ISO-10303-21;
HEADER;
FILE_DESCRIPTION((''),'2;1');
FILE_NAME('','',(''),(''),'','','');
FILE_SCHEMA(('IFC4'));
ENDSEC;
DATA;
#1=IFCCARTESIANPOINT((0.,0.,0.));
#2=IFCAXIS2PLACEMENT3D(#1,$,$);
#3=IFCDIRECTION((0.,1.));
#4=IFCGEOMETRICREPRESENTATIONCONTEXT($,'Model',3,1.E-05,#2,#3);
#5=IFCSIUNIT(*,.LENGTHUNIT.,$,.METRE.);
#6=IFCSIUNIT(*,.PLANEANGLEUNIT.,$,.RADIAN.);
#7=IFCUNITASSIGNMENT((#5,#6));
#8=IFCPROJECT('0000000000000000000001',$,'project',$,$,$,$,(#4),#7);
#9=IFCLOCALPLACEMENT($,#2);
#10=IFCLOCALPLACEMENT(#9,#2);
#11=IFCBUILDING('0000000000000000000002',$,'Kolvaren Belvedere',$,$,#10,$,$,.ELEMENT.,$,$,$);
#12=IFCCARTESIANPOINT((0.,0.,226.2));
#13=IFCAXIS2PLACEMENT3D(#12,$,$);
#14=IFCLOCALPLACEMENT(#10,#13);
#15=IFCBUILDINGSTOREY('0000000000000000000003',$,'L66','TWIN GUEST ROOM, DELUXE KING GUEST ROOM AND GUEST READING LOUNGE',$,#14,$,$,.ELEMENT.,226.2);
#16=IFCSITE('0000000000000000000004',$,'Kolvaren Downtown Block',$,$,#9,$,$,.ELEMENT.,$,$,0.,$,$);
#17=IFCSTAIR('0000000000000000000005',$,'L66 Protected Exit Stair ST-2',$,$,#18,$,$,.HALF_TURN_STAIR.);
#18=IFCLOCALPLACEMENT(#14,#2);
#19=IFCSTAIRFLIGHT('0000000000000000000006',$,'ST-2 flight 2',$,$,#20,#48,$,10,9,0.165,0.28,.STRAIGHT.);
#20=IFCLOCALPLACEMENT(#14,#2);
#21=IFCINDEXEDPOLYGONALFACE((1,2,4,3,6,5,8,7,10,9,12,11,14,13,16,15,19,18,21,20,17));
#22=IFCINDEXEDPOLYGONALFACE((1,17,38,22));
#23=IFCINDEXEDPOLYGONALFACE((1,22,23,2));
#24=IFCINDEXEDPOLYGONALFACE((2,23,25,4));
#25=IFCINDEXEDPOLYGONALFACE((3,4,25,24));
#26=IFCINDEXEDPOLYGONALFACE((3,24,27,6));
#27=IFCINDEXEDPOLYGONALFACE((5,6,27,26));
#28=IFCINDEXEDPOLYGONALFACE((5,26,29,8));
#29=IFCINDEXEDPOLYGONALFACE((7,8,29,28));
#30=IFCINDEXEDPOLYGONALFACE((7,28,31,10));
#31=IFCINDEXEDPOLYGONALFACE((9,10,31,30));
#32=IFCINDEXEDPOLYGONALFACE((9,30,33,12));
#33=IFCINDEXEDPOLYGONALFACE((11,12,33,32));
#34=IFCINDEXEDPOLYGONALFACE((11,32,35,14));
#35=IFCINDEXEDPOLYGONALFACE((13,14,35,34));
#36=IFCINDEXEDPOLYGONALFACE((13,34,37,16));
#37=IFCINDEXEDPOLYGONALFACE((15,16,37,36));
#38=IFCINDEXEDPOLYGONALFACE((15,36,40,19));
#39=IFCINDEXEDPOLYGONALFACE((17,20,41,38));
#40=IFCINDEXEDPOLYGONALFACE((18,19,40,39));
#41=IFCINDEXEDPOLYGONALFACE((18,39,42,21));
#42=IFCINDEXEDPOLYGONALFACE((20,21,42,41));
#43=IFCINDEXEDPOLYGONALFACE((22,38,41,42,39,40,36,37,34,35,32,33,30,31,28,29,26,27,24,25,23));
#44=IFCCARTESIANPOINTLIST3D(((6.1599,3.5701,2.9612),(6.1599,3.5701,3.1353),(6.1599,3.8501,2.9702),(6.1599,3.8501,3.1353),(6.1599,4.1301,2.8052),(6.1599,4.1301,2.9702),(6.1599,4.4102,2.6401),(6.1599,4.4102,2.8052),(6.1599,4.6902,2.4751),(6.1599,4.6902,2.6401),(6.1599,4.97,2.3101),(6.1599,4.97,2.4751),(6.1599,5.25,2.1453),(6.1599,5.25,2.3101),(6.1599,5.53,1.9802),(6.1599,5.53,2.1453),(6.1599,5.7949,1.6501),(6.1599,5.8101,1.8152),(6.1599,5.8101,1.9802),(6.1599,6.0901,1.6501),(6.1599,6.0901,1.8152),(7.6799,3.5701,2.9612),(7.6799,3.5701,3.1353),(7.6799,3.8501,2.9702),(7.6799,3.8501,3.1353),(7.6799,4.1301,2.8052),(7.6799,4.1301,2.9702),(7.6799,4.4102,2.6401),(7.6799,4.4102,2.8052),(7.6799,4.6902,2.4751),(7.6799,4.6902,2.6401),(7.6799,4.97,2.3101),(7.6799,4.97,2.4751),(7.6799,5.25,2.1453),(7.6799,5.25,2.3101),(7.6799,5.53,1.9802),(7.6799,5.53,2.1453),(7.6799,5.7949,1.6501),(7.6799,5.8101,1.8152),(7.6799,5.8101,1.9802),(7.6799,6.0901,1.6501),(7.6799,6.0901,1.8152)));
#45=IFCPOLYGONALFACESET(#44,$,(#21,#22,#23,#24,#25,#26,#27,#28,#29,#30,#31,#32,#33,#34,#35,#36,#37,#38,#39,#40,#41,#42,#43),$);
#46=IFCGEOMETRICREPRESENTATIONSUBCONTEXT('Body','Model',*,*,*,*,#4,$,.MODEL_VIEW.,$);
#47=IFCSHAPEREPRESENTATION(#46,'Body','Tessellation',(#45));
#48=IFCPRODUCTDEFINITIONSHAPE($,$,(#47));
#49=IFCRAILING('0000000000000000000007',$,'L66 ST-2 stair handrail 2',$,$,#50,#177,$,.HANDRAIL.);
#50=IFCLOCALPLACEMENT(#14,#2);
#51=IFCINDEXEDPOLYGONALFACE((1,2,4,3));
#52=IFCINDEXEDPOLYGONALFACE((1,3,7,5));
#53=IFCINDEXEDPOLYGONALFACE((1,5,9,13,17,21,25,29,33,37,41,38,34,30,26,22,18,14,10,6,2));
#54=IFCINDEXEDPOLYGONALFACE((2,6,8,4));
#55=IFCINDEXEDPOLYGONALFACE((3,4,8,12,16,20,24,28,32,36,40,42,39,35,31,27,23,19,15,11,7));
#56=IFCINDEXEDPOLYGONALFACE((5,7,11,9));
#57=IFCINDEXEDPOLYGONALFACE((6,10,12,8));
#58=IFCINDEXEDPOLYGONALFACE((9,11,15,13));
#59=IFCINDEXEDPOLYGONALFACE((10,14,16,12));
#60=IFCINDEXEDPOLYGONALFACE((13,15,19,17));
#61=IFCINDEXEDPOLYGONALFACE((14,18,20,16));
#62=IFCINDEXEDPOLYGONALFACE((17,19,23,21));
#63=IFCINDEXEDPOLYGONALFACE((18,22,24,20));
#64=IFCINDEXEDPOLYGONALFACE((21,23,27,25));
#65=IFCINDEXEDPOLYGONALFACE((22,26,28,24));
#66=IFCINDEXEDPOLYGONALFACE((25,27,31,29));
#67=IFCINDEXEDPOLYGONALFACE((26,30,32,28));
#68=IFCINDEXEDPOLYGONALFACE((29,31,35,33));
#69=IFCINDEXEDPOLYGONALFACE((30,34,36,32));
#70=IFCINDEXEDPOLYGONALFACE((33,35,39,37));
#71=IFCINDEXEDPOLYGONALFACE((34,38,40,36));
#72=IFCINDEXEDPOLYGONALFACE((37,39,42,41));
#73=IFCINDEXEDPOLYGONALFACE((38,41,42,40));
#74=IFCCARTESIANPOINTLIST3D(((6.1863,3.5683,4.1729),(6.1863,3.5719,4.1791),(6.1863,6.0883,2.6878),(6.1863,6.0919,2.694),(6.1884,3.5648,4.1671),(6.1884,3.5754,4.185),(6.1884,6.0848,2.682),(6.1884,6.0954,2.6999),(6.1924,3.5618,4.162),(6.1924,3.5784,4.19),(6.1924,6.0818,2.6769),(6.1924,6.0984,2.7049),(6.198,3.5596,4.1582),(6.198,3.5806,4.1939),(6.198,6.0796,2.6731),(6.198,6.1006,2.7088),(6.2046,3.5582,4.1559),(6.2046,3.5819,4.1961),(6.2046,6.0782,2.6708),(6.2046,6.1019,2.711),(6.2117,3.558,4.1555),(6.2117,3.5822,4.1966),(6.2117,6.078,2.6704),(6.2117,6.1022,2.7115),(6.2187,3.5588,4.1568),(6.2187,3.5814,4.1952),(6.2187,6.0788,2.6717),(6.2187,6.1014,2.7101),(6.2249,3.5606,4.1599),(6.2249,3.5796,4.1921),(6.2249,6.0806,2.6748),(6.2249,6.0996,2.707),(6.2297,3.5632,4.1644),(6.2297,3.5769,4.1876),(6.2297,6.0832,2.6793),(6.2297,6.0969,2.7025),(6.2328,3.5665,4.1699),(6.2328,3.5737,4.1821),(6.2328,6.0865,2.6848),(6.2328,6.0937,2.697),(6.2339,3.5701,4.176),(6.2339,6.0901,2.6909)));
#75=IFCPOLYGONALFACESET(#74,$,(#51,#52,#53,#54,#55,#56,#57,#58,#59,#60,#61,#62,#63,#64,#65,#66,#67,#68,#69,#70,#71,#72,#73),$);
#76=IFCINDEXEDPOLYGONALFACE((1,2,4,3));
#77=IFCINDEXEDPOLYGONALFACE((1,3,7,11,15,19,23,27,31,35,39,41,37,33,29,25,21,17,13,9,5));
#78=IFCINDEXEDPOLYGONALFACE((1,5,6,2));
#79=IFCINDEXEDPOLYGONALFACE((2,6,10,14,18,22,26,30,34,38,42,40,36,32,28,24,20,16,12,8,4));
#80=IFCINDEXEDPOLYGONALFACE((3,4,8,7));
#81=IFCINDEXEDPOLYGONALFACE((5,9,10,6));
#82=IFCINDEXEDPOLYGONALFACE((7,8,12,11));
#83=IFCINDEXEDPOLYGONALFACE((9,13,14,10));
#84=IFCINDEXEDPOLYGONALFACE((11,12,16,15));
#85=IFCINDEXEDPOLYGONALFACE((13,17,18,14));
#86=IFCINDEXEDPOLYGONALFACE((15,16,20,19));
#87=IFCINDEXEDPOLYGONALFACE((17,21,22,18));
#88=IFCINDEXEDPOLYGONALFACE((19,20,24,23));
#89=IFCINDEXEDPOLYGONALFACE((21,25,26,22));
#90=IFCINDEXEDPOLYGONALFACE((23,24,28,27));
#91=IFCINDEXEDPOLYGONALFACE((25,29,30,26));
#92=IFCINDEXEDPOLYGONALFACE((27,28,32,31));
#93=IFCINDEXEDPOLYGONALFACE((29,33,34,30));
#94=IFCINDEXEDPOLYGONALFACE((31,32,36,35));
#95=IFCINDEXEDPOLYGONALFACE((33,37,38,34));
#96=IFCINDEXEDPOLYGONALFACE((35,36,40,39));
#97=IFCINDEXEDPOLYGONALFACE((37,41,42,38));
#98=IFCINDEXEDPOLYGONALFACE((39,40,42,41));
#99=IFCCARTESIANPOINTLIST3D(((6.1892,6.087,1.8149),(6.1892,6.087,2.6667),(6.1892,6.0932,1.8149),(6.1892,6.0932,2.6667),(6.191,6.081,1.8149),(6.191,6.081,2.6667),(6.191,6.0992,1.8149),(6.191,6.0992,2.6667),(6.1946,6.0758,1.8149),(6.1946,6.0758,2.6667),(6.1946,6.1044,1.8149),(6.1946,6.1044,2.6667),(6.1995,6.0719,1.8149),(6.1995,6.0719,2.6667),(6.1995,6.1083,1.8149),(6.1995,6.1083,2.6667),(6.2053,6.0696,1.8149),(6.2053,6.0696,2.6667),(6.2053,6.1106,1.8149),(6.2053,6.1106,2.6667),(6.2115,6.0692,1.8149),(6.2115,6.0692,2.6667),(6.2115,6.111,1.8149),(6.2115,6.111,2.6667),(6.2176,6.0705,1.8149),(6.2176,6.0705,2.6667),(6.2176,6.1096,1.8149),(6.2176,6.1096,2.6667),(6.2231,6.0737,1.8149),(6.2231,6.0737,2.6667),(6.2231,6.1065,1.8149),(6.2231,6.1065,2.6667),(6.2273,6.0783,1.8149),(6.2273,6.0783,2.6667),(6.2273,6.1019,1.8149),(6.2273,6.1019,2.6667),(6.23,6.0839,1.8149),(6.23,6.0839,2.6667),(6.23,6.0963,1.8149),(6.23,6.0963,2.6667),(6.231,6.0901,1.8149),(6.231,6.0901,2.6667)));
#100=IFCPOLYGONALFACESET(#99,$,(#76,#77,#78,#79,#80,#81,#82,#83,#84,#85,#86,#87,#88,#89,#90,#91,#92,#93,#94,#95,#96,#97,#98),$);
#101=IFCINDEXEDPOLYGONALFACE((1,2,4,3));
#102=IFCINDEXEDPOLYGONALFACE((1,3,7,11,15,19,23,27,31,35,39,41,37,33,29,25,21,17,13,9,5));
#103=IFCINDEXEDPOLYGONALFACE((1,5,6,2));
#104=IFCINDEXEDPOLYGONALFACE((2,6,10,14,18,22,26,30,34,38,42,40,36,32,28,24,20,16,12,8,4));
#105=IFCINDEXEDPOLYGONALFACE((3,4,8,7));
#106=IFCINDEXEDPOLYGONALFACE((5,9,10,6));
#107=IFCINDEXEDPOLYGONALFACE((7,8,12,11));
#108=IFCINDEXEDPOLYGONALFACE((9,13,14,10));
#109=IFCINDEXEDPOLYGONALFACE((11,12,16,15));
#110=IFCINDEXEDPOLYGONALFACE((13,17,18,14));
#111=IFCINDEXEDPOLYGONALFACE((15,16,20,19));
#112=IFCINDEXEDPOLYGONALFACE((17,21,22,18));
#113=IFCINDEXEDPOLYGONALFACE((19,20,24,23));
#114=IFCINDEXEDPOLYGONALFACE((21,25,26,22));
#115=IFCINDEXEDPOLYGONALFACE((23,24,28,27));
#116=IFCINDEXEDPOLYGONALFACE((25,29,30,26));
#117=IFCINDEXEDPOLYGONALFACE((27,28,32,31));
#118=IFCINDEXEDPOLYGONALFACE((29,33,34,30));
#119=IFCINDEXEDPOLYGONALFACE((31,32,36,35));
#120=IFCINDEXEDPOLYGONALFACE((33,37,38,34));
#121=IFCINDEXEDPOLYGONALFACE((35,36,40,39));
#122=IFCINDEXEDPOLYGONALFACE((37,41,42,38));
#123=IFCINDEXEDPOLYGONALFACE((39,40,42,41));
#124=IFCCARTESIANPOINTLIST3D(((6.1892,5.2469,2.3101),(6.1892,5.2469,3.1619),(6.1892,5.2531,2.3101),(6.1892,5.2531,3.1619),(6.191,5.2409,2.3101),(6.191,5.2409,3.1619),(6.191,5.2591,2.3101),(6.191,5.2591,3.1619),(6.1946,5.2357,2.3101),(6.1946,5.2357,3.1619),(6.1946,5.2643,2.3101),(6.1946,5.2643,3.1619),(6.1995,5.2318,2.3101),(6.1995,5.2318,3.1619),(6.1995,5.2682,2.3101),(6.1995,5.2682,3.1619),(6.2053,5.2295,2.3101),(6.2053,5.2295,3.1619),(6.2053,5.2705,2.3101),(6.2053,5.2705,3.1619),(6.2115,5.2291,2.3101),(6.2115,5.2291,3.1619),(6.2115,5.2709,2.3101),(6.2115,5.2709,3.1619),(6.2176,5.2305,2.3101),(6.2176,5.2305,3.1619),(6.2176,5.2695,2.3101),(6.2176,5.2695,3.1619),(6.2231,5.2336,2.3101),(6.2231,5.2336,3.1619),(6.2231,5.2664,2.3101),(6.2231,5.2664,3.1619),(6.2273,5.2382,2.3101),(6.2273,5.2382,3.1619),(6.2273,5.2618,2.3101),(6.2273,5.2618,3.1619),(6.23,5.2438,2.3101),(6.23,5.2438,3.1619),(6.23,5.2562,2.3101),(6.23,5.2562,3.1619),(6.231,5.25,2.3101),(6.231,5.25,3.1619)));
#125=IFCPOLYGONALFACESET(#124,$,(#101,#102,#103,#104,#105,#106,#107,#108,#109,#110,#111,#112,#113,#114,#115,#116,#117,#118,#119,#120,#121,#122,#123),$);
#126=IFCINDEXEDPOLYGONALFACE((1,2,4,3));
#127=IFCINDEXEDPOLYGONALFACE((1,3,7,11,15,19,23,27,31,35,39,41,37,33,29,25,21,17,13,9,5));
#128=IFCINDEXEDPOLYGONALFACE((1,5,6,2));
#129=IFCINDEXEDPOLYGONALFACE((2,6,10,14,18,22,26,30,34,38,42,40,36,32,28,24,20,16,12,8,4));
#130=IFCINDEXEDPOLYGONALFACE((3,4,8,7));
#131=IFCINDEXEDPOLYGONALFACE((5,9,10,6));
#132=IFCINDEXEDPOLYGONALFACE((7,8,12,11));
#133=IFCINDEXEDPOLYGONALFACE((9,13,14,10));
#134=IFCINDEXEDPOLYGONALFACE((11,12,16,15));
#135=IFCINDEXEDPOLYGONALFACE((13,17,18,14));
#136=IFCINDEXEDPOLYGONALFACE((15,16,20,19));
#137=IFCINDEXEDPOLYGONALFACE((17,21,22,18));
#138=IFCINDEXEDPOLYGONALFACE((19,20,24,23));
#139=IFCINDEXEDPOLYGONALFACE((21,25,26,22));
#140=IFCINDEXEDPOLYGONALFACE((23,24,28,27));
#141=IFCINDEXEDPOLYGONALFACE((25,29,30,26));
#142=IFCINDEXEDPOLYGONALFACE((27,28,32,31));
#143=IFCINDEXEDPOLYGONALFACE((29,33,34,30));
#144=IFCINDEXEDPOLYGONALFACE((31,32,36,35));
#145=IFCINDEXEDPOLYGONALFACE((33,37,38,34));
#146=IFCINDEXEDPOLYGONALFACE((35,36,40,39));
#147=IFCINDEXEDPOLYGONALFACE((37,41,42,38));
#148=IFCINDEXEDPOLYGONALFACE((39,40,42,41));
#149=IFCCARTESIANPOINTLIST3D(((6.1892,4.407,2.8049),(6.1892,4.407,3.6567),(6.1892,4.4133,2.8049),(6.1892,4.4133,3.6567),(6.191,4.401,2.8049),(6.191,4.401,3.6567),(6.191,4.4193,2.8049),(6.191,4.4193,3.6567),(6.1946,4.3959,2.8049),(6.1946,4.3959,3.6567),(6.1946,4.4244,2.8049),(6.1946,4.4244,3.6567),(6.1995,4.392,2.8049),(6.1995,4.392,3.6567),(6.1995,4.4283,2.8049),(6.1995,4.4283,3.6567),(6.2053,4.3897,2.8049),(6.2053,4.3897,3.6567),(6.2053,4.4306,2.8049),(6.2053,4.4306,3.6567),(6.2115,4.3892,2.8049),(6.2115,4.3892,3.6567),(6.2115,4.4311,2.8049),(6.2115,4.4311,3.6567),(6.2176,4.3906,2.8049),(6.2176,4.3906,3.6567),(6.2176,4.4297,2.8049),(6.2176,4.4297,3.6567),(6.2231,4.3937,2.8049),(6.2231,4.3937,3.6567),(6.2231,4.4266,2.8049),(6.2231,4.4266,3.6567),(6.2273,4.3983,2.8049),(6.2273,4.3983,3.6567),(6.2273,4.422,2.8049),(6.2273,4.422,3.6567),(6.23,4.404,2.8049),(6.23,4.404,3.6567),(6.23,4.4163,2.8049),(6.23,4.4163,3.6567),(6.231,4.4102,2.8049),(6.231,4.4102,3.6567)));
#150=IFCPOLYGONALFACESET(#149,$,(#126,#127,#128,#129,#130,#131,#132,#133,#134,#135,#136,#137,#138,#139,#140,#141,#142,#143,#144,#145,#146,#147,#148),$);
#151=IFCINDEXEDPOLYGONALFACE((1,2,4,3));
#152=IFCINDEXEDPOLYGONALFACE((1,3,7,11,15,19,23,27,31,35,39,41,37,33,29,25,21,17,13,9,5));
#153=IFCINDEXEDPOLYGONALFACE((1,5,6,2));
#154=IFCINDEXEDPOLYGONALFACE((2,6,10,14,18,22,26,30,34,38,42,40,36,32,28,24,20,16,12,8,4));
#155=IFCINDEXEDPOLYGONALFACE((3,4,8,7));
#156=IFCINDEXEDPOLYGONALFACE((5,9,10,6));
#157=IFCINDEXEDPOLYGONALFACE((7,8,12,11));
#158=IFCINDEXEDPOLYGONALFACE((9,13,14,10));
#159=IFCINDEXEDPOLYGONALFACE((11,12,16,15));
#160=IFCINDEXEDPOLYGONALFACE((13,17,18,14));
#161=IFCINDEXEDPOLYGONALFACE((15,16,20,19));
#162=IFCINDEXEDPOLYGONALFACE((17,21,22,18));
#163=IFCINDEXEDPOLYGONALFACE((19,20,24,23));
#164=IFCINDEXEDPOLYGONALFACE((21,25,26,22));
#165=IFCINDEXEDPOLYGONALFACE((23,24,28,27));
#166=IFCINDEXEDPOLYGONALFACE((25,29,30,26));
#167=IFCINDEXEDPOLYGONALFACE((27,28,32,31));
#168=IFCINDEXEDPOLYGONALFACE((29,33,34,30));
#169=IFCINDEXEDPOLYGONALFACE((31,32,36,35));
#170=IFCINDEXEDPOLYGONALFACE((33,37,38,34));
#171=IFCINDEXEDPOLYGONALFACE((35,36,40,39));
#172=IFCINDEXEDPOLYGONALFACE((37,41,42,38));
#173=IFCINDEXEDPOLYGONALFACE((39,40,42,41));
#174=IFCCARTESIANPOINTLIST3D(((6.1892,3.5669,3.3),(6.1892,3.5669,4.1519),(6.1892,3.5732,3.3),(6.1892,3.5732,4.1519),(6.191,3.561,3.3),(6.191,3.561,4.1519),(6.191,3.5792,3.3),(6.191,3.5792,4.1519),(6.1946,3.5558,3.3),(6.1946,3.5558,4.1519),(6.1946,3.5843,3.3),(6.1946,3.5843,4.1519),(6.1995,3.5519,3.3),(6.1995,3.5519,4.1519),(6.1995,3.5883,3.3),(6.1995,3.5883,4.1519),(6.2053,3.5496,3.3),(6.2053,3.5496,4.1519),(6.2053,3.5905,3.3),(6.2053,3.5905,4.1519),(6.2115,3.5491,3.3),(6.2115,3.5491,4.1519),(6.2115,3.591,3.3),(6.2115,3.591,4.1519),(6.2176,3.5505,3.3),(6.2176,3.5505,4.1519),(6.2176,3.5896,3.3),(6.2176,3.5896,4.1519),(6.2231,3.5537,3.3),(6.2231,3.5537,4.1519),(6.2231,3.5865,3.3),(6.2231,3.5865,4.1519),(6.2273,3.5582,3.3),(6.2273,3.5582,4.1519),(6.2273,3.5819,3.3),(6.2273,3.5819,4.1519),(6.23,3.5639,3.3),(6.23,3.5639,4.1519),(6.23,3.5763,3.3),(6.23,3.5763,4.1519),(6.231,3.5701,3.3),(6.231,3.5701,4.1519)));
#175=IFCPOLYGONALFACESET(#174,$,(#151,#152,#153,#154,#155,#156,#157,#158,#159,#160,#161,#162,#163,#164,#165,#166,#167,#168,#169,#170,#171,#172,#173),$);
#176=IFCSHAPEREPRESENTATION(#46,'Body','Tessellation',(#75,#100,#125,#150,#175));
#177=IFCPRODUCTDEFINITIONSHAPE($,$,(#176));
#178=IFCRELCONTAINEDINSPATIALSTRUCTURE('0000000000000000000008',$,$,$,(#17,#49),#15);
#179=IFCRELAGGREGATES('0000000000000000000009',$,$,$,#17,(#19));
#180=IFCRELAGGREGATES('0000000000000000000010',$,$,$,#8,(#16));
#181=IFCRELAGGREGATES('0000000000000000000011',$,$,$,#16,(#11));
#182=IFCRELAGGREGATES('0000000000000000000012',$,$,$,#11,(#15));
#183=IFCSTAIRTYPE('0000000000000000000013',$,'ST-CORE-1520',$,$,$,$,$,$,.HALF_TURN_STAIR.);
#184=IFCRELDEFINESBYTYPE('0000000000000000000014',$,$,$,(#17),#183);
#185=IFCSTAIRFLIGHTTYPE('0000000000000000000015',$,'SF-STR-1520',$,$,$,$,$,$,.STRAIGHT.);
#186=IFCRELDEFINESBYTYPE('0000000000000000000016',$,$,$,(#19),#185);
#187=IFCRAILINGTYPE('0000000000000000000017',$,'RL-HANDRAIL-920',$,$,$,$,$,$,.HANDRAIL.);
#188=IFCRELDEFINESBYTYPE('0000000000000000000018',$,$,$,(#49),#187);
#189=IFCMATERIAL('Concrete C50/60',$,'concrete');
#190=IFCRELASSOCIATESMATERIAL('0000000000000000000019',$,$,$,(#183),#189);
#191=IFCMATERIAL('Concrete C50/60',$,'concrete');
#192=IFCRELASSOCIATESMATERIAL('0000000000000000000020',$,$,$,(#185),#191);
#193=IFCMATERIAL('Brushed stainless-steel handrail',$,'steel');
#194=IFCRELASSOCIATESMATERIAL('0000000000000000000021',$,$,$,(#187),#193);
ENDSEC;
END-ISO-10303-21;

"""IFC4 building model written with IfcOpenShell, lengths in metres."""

from ifc_helpers import new_model, si_unit, direction, frame, origin, origin_2d, place, context, subcontext, project, spatial, polyline, circle, outline, extrude, material, type_object, element, aggregate, save


model = new_model("IFC4")

# Units and contexts
model_context = context("Model", 3, precision=1e-05, world=origin(), true_north=direction((0.0, 1.0)))
body_context = subcontext(model_context, "Body", "Model", "MODEL_VIEW")
ifc_project = project(units=[si_unit("LENGTHUNIT", "METRE"), si_unit("PLANEANGLEUNIT", "RADIAN")], contexts=[model_context])

# Site, building, storey
site_placement = place(None, origin())
site = spatial("IfcSite", under=ifc_project, at=site_placement, Name="Kolvaren Downtown Block", CompositionType="ELEMENT", RefElevation=0.0)
building_placement = place(site_placement, origin())
building = spatial("IfcBuilding", under=site, at=building_placement, Name="Kolvaren Belvedere", CompositionType="ELEMENT")
storey_placement = place(building_placement, frame((0.0, 0.0, 226.2)))
storey = spatial("IfcBuildingStorey", under=building, at=storey_placement, Name="L66", Description="TWIN GUEST ROOM, DELUXE KING GUEST ROOM AND GUEST READING LOUNGE", CompositionType="ELEMENT", Elevation=226.2)

# Stair, stair flight
ifc_material_1 = material(Name="Concrete C50/60", Category="concrete")
stair_type = type_object("IfcStairType", Name="ST-CORE-1520", PredefinedType="HALF_TURN_STAIR", material=ifc_material_1)
stair_placement = place(storey_placement, origin())
stair = element("IfcStair", 1, at=stair_placement, inside=storey, type_object=stair_type, Name="L66 Protected Exit Stair ST-2", PredefinedType="HALF_TURN_STAIR")
ifc_material_2 = material(Name="Concrete C50/60", Category="concrete")
stair_flight_type = type_object("IfcStairFlightType", Name="SF-STR-1520", PredefinedType="STRAIGHT", material=ifc_material_2)
stair_flight_placement = place(storey_placement, frame((6.9199, 6.0901, 1.6501), z_axis=(0.0, 0.0, 1.0), x_axis=(0.0, -1.0, 0.0)))
stair_flight = element("IfcStairFlight", 2, at=stair_flight_placement, type_object=stair_flight_type, Name="ST-2 flight 2", NumberOfRisers=10, NumberOfTreads=9, PredefinedType="STRAIGHT", RiserHeight=0.165, TreadLength=0.28, context=body_context, shape_type="SweptSolid", body=[
    extrude(outline(polyline([(0.0, 0.0), (0.0, 0.165), (0.28, 0.165), (0.28, 0.3301), (0.5601, 0.3301), (0.5601, 0.4951), (0.8401, 0.4951), (0.8401, 0.6599), (1.1201, 0.6599), (1.1201, 0.825), (1.3999, 0.825), (1.3999, 0.99), (1.6799, 0.99), (1.6799, 1.155), (1.96, 1.155), (1.96, 1.3201), (2.24, 1.3201), (2.24, 1.4851), (2.52, 1.4851), (2.52, 1.6499), (2.52, 1.311), (0.2952, 0.0), (0.0, 0.0)])), frame((0.0, 0.76, 0.0), z_axis=(0.0, -1.0, 0.0), x_axis=(1.0, 0.0, 0.0)), (0.0, 0.0, 1.0), 1.52),
])
aggregate(stair, [stair_flight])

# Railing
ifc_material_3 = material(Name="Brushed stainless-steel handrail", Category="steel")
railing_type_1 = type_object("IfcRailingType", Name="RL-HANDRAIL-920", PredefinedType="HANDRAIL", material=ifc_material_3)
railing_1_placement = place(storey_placement, frame((6.21, 6.0901, 1.8149)))
element("IfcRailing", 3, at=railing_1_placement, inside=storey, type_object=railing_type_1, Name="L66 ST-2 stair handrail 2", PredefinedType="HANDRAIL", context=body_context, shape_type="SweptSolid", body=[
    extrude(circle(Radius=0.0239, at=origin_2d()), frame((0.0, 0.0, 0.876), z_axis=(0.0, -0.861524, 0.507717), x_axis=(1.0, 0.0, 0.0)), (0.0, 0.0, 1.0), 2.925),
    extrude(circle(Radius=0.021, at=origin_2d()), origin(), (0.0, 0.0, 1.0), 0.8518),
    extrude(circle(Radius=0.021, at=origin_2d()), frame((0.0, -0.8401, 0.4951)), (0.0, 0.0, 1.0), 0.8518),
    extrude(circle(Radius=0.021, at=origin_2d()), frame((0.0, -1.6799, 0.99)), (0.0, 0.0, 1.0), 0.8518),
    extrude(circle(Radius=0.021, at=origin_2d()), frame((0.0, -2.52, 1.4851)), (0.0, 0.0, 1.0), 0.8518),
])

save(model, "model.ifc")
